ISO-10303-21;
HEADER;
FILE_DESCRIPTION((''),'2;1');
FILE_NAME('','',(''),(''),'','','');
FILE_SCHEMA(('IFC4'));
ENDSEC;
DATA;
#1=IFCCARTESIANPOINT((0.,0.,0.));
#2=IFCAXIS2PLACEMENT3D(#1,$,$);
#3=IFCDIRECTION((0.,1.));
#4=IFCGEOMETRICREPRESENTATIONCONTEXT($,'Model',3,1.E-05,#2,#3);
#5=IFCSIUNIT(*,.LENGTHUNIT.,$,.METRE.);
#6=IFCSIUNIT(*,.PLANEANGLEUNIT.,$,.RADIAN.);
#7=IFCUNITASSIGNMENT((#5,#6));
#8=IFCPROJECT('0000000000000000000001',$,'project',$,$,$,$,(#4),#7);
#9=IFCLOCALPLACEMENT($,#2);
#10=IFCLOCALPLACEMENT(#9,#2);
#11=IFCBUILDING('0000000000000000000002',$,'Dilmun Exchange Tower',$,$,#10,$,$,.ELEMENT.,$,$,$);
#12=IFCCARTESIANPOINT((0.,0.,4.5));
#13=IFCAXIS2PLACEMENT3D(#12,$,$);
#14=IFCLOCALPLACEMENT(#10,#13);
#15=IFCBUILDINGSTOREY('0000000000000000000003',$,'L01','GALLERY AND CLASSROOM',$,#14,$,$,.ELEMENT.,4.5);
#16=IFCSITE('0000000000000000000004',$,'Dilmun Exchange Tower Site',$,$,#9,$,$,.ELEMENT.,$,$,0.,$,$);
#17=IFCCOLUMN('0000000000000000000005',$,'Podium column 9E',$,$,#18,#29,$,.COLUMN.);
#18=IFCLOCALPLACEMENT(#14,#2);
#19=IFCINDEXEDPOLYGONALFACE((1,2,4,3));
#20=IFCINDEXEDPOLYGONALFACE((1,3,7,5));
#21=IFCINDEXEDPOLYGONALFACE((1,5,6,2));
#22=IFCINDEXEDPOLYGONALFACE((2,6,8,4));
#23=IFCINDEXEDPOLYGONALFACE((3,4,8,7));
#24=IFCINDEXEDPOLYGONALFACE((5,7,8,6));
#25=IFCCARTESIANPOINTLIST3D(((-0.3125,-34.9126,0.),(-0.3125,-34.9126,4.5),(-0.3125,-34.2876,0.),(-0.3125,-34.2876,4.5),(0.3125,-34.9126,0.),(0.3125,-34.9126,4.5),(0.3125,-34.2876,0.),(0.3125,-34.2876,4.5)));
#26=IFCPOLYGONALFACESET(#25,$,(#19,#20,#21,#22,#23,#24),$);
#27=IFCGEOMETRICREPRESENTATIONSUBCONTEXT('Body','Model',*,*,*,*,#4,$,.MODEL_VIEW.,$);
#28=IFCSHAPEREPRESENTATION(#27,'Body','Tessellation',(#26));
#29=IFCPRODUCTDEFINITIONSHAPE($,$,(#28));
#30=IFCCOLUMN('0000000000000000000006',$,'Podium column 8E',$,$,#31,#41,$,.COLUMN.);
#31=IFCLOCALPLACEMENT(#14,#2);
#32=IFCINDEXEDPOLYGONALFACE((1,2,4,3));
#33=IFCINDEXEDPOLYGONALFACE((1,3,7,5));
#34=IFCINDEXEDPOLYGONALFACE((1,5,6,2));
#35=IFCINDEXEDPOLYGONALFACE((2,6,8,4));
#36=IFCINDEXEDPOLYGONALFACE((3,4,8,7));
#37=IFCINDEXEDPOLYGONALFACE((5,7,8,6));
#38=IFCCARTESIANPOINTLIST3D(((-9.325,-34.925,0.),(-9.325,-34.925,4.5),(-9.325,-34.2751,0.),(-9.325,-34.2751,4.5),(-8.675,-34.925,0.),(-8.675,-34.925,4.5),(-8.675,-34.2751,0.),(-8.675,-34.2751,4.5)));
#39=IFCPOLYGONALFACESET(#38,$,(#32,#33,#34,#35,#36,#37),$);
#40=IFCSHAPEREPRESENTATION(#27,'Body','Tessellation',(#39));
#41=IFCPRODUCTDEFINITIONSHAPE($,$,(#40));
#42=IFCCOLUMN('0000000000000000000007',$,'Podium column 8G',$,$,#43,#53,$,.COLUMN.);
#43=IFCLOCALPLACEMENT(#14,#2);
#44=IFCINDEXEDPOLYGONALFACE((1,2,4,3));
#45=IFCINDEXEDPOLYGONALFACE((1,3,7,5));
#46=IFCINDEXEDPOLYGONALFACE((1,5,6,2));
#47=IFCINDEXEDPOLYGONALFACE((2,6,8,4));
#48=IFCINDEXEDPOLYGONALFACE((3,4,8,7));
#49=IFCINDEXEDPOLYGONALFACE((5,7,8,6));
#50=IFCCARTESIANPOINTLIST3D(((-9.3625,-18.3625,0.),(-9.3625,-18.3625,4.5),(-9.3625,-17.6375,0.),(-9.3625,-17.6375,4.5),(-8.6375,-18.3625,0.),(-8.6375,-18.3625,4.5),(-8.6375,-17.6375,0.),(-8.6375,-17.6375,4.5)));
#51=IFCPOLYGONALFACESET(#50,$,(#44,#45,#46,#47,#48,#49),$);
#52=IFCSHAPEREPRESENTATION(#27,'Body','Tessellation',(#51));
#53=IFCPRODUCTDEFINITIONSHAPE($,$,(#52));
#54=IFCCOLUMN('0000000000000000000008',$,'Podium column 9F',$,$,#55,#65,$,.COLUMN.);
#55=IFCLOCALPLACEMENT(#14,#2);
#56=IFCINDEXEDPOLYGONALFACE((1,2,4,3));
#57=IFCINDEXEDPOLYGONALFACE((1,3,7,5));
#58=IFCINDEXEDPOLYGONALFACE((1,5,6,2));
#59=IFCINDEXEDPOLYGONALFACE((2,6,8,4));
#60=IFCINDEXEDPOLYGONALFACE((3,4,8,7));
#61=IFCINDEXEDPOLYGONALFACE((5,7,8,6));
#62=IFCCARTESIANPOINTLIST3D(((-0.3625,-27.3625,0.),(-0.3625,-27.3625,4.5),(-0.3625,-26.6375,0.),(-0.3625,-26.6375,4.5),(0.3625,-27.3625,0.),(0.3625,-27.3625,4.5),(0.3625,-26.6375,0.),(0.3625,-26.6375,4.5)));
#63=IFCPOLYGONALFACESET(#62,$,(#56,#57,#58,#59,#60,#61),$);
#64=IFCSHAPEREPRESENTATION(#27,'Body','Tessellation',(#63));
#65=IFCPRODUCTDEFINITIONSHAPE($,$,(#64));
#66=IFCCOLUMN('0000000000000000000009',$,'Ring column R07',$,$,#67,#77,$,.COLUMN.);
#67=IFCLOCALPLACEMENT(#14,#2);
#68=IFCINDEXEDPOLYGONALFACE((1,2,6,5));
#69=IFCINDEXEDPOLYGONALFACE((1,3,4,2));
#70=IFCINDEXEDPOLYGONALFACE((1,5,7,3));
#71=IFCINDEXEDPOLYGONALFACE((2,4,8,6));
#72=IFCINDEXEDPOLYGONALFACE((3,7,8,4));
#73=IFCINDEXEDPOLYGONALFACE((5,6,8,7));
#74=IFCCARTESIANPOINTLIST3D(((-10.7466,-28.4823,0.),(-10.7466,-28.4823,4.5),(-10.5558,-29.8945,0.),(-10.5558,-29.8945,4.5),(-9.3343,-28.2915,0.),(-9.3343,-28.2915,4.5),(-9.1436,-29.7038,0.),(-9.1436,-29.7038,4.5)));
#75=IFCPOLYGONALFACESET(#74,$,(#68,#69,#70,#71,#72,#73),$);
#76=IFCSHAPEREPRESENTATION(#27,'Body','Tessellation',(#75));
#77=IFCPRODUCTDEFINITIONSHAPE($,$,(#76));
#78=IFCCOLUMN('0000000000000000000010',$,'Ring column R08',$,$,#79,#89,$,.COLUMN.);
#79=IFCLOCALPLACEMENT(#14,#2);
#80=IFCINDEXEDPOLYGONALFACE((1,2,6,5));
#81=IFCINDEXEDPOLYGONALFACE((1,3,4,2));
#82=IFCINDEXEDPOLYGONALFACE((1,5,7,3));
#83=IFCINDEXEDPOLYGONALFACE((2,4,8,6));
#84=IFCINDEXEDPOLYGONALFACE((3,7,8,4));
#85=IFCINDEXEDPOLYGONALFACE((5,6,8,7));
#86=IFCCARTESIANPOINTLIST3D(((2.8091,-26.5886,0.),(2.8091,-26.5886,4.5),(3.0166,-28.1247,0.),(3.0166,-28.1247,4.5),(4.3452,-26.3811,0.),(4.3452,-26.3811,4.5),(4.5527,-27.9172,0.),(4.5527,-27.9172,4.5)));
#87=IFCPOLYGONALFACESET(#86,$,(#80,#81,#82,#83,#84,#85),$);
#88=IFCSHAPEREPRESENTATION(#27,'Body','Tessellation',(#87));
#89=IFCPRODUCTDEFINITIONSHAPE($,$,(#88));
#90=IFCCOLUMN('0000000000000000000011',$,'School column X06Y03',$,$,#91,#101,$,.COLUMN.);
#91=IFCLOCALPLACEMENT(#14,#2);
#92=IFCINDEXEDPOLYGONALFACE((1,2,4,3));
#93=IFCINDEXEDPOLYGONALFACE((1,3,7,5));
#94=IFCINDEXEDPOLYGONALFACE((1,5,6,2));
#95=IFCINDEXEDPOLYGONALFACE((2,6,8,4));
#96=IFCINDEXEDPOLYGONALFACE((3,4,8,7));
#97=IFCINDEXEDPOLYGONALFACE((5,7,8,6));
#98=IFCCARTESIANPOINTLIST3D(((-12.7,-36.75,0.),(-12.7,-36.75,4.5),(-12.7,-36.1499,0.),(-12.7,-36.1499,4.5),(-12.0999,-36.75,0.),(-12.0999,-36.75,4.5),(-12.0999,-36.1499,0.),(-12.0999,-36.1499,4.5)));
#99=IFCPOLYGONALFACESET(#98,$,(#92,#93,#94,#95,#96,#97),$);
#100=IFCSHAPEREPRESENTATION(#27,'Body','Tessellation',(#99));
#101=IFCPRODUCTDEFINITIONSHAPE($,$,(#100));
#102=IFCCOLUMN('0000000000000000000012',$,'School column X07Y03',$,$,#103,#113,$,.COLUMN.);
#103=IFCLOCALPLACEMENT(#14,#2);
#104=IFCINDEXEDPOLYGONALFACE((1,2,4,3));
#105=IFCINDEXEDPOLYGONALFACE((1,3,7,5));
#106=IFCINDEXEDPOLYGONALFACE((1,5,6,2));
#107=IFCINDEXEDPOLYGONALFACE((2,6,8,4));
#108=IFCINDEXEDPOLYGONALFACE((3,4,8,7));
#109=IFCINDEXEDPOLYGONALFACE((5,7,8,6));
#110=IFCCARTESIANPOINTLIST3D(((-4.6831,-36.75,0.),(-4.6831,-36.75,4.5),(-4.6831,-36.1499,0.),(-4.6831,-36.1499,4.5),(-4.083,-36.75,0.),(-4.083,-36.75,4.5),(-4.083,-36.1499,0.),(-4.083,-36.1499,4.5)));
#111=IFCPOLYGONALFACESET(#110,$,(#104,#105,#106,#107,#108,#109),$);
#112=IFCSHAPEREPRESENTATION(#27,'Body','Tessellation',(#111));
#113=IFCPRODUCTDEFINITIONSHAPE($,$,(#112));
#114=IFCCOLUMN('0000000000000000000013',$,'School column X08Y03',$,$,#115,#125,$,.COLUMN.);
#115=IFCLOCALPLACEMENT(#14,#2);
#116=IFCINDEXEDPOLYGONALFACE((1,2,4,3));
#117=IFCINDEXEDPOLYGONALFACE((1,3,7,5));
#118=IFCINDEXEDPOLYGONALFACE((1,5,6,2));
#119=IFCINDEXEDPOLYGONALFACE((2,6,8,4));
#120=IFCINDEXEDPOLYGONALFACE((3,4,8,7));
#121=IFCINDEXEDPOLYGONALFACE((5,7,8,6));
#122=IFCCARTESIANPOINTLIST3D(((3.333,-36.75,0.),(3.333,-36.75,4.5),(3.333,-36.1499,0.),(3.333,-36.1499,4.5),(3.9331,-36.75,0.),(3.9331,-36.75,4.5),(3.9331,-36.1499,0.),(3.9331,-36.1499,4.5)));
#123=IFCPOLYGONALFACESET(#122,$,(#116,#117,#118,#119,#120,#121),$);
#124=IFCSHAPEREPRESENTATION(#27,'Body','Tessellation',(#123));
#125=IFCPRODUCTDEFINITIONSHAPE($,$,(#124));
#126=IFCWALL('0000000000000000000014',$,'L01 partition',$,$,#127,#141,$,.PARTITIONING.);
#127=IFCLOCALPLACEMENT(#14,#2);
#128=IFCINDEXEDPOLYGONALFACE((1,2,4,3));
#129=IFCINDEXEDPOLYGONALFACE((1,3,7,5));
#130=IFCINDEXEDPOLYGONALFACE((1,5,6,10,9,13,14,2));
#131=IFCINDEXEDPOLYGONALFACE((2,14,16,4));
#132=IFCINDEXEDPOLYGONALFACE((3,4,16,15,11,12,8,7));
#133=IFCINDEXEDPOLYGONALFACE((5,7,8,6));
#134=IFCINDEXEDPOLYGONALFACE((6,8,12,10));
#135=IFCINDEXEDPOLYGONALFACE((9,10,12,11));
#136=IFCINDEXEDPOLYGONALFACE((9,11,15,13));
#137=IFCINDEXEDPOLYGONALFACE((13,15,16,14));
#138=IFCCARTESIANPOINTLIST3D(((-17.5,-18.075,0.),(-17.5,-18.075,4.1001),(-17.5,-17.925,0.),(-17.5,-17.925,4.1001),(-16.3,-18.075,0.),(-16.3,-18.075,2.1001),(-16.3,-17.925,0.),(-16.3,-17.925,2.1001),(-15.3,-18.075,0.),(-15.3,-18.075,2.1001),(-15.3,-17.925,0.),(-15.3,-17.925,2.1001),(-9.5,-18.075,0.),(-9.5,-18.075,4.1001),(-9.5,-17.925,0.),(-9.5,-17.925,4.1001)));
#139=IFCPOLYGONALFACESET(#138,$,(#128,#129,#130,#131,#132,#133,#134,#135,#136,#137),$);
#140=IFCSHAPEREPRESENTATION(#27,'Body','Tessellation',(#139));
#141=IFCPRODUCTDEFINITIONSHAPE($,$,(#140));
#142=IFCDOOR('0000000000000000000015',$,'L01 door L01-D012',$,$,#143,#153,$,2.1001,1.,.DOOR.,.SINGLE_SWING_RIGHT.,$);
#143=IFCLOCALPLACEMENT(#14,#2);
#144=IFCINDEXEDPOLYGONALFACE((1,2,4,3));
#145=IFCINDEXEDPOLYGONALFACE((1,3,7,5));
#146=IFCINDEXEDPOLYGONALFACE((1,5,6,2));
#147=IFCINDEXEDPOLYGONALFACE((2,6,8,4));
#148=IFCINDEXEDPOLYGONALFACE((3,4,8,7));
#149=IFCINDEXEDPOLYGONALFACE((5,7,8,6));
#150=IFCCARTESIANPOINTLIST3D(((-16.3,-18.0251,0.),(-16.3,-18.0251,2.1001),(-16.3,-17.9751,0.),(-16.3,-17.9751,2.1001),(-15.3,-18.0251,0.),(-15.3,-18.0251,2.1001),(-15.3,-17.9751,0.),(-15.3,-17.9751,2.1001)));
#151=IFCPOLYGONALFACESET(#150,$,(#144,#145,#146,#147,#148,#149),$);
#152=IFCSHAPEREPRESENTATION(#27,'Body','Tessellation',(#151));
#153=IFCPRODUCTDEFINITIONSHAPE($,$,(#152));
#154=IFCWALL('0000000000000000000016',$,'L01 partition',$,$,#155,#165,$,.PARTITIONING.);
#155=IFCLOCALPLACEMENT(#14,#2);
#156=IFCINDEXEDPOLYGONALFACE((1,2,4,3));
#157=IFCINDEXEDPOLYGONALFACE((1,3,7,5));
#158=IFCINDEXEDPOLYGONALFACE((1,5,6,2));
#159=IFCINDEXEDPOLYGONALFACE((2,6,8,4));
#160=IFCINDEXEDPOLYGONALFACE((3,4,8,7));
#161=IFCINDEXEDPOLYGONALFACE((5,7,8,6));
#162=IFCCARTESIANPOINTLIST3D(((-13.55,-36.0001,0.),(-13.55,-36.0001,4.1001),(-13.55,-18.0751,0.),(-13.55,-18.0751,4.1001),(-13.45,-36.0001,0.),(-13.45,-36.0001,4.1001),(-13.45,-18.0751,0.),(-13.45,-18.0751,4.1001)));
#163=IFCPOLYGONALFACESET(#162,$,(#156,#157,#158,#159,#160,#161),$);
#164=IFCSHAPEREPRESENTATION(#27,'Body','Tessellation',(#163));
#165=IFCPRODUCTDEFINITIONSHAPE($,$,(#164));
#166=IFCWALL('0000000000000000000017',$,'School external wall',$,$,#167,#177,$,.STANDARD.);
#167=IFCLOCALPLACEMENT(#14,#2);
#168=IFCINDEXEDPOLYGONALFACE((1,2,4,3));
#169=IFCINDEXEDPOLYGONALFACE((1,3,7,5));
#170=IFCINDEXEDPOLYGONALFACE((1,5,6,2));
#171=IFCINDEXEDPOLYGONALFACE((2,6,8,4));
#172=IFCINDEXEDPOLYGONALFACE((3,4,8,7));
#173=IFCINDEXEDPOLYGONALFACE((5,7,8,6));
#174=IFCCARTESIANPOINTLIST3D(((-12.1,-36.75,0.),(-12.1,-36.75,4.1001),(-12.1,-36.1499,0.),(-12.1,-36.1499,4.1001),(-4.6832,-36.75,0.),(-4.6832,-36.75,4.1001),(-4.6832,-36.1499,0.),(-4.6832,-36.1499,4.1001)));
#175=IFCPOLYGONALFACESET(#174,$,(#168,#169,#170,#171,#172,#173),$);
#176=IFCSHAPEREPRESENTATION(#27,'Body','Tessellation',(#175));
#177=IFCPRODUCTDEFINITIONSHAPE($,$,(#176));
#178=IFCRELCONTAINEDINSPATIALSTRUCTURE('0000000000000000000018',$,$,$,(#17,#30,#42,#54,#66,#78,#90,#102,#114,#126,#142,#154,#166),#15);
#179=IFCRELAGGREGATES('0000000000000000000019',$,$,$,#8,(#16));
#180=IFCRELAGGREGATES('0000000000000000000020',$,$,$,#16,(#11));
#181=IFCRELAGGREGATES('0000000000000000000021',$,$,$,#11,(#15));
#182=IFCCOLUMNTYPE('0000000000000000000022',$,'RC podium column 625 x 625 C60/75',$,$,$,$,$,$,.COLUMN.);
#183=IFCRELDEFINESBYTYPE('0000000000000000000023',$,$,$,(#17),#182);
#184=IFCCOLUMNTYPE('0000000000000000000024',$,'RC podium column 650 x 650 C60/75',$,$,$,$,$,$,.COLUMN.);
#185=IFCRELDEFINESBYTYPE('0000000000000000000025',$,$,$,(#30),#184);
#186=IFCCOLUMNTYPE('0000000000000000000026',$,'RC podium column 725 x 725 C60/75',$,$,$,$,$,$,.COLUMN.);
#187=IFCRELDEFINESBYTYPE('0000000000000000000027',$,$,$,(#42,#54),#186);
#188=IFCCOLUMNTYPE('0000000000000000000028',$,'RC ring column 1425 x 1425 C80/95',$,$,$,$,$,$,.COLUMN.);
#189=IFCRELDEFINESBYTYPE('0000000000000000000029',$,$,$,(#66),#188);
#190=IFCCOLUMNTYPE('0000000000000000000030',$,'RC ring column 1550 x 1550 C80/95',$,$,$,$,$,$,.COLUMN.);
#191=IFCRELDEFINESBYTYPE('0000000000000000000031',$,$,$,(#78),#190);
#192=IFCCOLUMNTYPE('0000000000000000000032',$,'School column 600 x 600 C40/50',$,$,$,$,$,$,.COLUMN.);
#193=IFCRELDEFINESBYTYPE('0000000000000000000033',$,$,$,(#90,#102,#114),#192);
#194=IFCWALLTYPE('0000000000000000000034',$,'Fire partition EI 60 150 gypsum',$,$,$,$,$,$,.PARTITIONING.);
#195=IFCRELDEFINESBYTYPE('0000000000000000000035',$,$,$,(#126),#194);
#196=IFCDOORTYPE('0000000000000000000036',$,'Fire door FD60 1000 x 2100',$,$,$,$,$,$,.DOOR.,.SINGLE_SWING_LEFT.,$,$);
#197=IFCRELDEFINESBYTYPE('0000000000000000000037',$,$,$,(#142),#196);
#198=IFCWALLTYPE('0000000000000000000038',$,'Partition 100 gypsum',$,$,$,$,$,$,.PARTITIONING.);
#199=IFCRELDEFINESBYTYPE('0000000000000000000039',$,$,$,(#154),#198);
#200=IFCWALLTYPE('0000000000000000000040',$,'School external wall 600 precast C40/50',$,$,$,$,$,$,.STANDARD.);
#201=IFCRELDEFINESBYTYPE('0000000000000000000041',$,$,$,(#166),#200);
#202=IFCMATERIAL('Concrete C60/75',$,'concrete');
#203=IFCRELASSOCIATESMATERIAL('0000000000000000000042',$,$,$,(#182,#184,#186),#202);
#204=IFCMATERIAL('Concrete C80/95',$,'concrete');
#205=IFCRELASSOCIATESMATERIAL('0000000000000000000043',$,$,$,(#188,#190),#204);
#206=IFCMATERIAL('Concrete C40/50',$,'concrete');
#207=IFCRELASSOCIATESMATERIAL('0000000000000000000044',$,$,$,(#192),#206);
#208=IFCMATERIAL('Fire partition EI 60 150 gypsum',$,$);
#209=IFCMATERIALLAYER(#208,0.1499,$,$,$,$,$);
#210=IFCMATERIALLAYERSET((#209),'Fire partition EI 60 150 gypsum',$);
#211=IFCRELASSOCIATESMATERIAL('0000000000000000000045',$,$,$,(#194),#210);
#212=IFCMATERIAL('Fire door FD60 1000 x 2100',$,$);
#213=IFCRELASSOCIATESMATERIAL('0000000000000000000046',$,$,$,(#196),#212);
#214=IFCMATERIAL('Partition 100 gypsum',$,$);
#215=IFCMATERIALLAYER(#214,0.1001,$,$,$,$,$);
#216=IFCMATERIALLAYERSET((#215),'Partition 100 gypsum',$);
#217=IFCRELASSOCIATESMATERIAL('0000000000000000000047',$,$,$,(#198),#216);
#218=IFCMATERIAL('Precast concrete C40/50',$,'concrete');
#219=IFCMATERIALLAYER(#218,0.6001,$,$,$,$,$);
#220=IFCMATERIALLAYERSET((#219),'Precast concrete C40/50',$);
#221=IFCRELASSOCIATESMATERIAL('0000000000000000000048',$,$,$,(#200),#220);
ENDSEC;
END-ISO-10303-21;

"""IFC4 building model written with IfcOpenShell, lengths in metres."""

from ifc_helpers import new_model, si_unit, direction, frame, frame_2d, origin, origin_2d, place, context, subcontext, project, spatial, rectangle, extrude, material, layer, layer_set, material_profile, profile_set, type_object, element, fill, save


model = new_model("IFC4")

# Units and contexts
model_context = context("Model", 3, precision=1e-05, world=origin(), true_north=direction((0.0, 1.0)))
body_context = subcontext(model_context, "Body", "Model", "MODEL_VIEW")
ifc_project = project(units=[si_unit("LENGTHUNIT", "METRE"), si_unit("PLANEANGLEUNIT", "RADIAN")], contexts=[model_context])

# Site, building, storey
site_placement = place(None, origin())
site = spatial("IfcSite", under=ifc_project, at=site_placement, Name="Dilmun Exchange Tower Site", CompositionType="ELEMENT", RefElevation=0.0)
building_placement = place(site_placement, origin())
building = spatial("IfcBuilding", under=site, at=building_placement, Name="Dilmun Exchange Tower", CompositionType="ELEMENT")
storey_placement = place(building_placement, frame((0.0, 0.0, 4.5)))
storey = spatial("IfcBuildingStorey", under=building, at=storey_placement, Name="L01", Description="GALLERY AND CLASSROOM", CompositionType="ELEMENT", Elevation=4.5)

# Columns
ifc_material_1 = material(Name="Concrete C60/75", Category="concrete")
ifc_material_profile_1 = material_profile(ifc_material_1, rectangle(XDim=0.625, YDim=0.625, at=origin_2d()), Name="625 x 625")
ifc_profile_set_1 = profile_set([ifc_material_profile_1], Name="Concrete C60/75")
column_type_1 = type_object("IfcColumnType", Name="RC podium column 625 x 625 C60/75", PredefinedType="COLUMN", material=ifc_profile_set_1)
column_1_placement = place(storey_placement, frame((0.0, -34.6001, 0.0), z_axis=(0.0, 0.0, 1.0), x_axis=(1.0, 0.0, 0.0)))
element("IfcColumn", 1, at=column_1_placement, inside=storey, type_object=column_type_1, Name="Podium column 9E", PredefinedType="COLUMN", context=body_context, shape_type="SweptSolid", body=[
    extrude(rectangle(XDim=0.625, YDim=0.625, at=origin_2d()), origin(), (0.0, 0.0, 1.0), 4.5),
])
ifc_material_profile_2 = material_profile(ifc_material_1, rectangle(XDim=0.6499, YDim=0.6499, at=origin_2d()), Name="650 x 650")
ifc_profile_set_2 = profile_set([ifc_material_profile_2], Name="Concrete C60/75")
column_type_2 = type_object("IfcColumnType", Name="RC podium column 650 x 650 C60/75", PredefinedType="COLUMN", material=ifc_profile_set_2)
column_2_placement = place(storey_placement, frame((-9.0, -34.6001, 0.0), z_axis=(0.0, 0.0, 1.0), x_axis=(1.0, 0.0, 0.0)))
element("IfcColumn", 2, at=column_2_placement, inside=storey, type_object=column_type_2, Name="Podium column 8E", PredefinedType="COLUMN", context=body_context, shape_type="SweptSolid", body=[
    extrude(rectangle(XDim=0.6499, YDim=0.6499, at=origin_2d()), origin(), (0.0, 0.0, 1.0), 4.5),
])
ifc_material_profile_3 = material_profile(ifc_material_1, rectangle(XDim=0.7251, YDim=0.7251, at=origin_2d()), Name="725 x 725")
ifc_profile_set_3 = profile_set([ifc_material_profile_3], Name="Concrete C60/75")
column_type_3 = type_object("IfcColumnType", Name="RC podium column 725 x 725 C60/75", PredefinedType="COLUMN", material=ifc_profile_set_3)
for number, where, z_axis, x_axis, name in (
    (3, (-9.0, -18.0, 0.0), (0.0, 0.0, 1.0), (1.0, 0.0, 0.0), "Podium column 8G"),
    (4, (0.0, -27.0, 0.0), (0.0, 0.0, 1.0), (1.0, 0.0, 0.0), "Podium column 9F"),
):
    element("IfcColumn", number, at=place(storey_placement, frame(where, z_axis=z_axis, x_axis=x_axis)), inside=storey, type_object=column_type_3, Name=name, PredefinedType="COLUMN", context=body_context, shape_type="SweptSolid", body=[
        extrude(rectangle(XDim=0.7251, YDim=0.7251, at=origin_2d()), origin(), (0.0, 0.0, 1.0), 4.5),
    ])
ifc_material_2 = material(Name="Concrete C80/95", Category="concrete")
ifc_material_profile_4 = material_profile(ifc_material_2, rectangle(XDim=1.425, YDim=1.425, at=origin_2d()), Name="1425 x 1425")
ifc_profile_set_4 = profile_set([ifc_material_profile_4], Name="Concrete C80/95")
column_type_4 = type_object("IfcColumnType", Name="RC ring column 1425 x 1425 C80/95", PredefinedType="COLUMN", material=ifc_profile_set_4)
column_3_placement = place(storey_placement, frame((-9.9451, -29.093, 0.0), z_axis=(0.0, 0.0, 1.0), x_axis=(0.991001, 0.133853, 0.0)))
element("IfcColumn", 5, at=column_3_placement, inside=storey, type_object=column_type_4, Name="Ring column R07", PredefinedType="COLUMN", context=body_context, shape_type="SweptSolid", body=[
    extrude(rectangle(XDim=1.425, YDim=1.425, at=origin_2d()), origin(), (0.0, 0.0, 1.0), 4.5),
])
ifc_material_profile_5 = material_profile(ifc_material_2, rectangle(XDim=1.55, YDim=1.55, at=origin_2d()), Name="1550 x 1550")
ifc_profile_set_5 = profile_set([ifc_material_profile_5], Name="Concrete C80/95")
column_type_5 = type_object("IfcColumnType", Name="RC ring column 1550 x 1550 C80/95", PredefinedType="COLUMN", material=ifc_profile_set_5)
column_4_placement = place(storey_placement, frame((3.6809, -27.2529, 0.0), z_axis=(0.0, 0.0, 1.0), x_axis=(0.991001, 0.133853, 0.0)))
element("IfcColumn", 6, at=column_4_placement, inside=storey, type_object=column_type_5, Name="Ring column R08", PredefinedType="COLUMN", context=body_context, shape_type="SweptSolid", body=[
    extrude(rectangle(XDim=1.55, YDim=1.55, at=origin_2d()), origin(), (0.0, 0.0, 1.0), 4.5),
])
ifc_material_3 = material(Name="Concrete C40/50", Category="concrete")
ifc_material_profile_6 = material_profile(ifc_material_3, rectangle(XDim=0.6001, YDim=0.6001, at=origin_2d()), Name="600 x 600")
ifc_profile_set_6 = profile_set([ifc_material_profile_6], Name="Concrete C40/50")
column_type_6 = type_object("IfcColumnType", Name="School column 600 x 600 C40/50", PredefinedType="COLUMN", material=ifc_profile_set_6)
for number, where, z_axis, x_axis, name in (
    (7, (-12.3999, -36.45, 0.0), (0.0, 0.0, 1.0), (1.0, 0.0, 0.0), "School column X06Y03"),
    (8, (-4.3831, -36.45, 0.0), (0.0, 0.0, 1.0), (1.0, 0.0, 0.0), "School column X07Y03"),
    (9, (3.6331, -36.45, 0.0), (0.0, 0.0, 1.0), (1.0, 0.0, 0.0), "School column X08Y03"),
):
    element("IfcColumn", number, at=place(storey_placement, frame(where, z_axis=z_axis, x_axis=x_axis)), inside=storey, type_object=column_type_6, Name=name, PredefinedType="COLUMN", context=body_context, shape_type="SweptSolid", body=[
        extrude(rectangle(XDim=0.6001, YDim=0.6001, at=origin_2d()), origin(), (0.0, 0.0, 1.0), 4.5),
    ])

# Wall, opening, door
ifc_material_4 = material(Name="Fire partition EI 60 150 gypsum")
ifc_layer_1 = layer(ifc_material_4, 0.1499)
ifc_layer_set_1 = layer_set([ifc_layer_1], Name="Fire partition EI 60 150 gypsum")
wall_type_1 = type_object("IfcWallType", Name="Fire partition EI 60 150 gypsum", PredefinedType="PARTITIONING", material=ifc_layer_set_1)
wall_1_placement = place(storey_placement, frame((-17.5, -18.0, 0.0), z_axis=(0.0, 0.0, 1.0), x_axis=(1.0, 0.0, 0.0)))
wall_1 = element("IfcWall", 10, at=wall_1_placement, inside=storey, type_object=wall_type_1, Name="L01 partition", PredefinedType="PARTITIONING", context=body_context, shape_type="SweptSolid", body=[
    extrude(rectangle(XDim=8.0, YDim=0.1499, at=frame_2d((4.0, 0.0))), origin(), (0.0, 0.0, 1.0), 4.1001),
])
opening_placement = place(wall_1_placement, frame((1.2, 0.0, 0.0)))
opening = element("IfcOpeningElement", 11, at=opening_placement, cuts=wall_1, PredefinedType="OPENING", context=body_context, shape_type="SweptSolid", body=[
    extrude(rectangle(XDim=1.0, YDim=2.1001, at=frame_2d((0.5, 1.05))), frame((0.0, 0.085, 0.0), z_axis=(0.0, -1.0, 0.0), x_axis=(1.0, 0.0, 0.0)), (0.0, 0.0, 1.0), 0.1699),
])
ifc_material_5 = material(Name="Fire door FD60 1000 x 2100")
door_type = type_object("IfcDoorType", Name="Fire door FD60 1000 x 2100", OperationType="SINGLE_SWING_LEFT", PredefinedType="DOOR", material=ifc_material_5)
door_placement = place(opening_placement, origin())
door = element("IfcDoor", 12, at=door_placement, inside=storey, type_object=door_type, Name="L01 door L01-D012", OperationType="SINGLE_SWING_RIGHT", OverallHeight=2.1001, OverallWidth=1.0, PredefinedType="DOOR", context=body_context, shape_type="SweptSolid", body=[
    extrude(rectangle(XDim=1.0, YDim=2.1001, at=frame_2d((0.5, 1.05))), frame((0.0, 0.0249, 0.0), z_axis=(0.0, -1.0, 0.0), x_axis=(1.0, 0.0, 0.0)), (0.0, 0.0, 1.0), 0.05),
])
fill(opening, door)

# Walls
ifc_material_6 = material(Name="Partition 100 gypsum")
ifc_layer_2 = layer(ifc_material_6, 0.1001)
ifc_layer_set_2 = layer_set([ifc_layer_2], Name="Partition 100 gypsum")
wall_type_2 = type_object("IfcWallType", Name="Partition 100 gypsum", PredefinedType="PARTITIONING", material=ifc_layer_set_2)
wall_2_placement = place(storey_placement, frame((-13.5, -36.0, 0.0), z_axis=(0.0, 0.0, 1.0), x_axis=(0.0, 1.0, 0.0)))
element("IfcWall", 13, at=wall_2_placement, inside=storey, type_object=wall_type_2, Name="L01 partition", PredefinedType="PARTITIONING", context=body_context, shape_type="SweptSolid", body=[
    extrude(rectangle(XDim=17.925, YDim=0.1001, at=frame_2d((8.9624, 0.0))), origin(), (0.0, 0.0, 1.0), 4.1001),
])
ifc_material_7 = material(Name="Precast concrete C40/50", Category="concrete")
ifc_layer_3 = layer(ifc_material_7, 0.6001)
ifc_layer_set_3 = layer_set([ifc_layer_3], Name="Precast concrete C40/50")
wall_type_3 = type_object("IfcWallType", Name="School external wall 600 precast C40/50", PredefinedType="STANDARD", material=ifc_layer_set_3)
wall_3_placement = place(storey_placement, frame((-12.1001, -36.45, 0.0), z_axis=(0.0, 0.0, 1.0), x_axis=(1.0, 0.0, 0.0)))
element("IfcWall", 14, at=wall_3_placement, inside=storey, type_object=wall_type_3, Name="School external wall", PredefinedType="STANDARD", context=body_context, shape_type="SweptSolid", body=[
    extrude(rectangle(XDim=7.4167, YDim=0.6001, at=frame_2d((3.7085, 0.0))), origin(), (0.0, 0.0, 1.0), 4.1001),
])

save(model, "model.ifc")
